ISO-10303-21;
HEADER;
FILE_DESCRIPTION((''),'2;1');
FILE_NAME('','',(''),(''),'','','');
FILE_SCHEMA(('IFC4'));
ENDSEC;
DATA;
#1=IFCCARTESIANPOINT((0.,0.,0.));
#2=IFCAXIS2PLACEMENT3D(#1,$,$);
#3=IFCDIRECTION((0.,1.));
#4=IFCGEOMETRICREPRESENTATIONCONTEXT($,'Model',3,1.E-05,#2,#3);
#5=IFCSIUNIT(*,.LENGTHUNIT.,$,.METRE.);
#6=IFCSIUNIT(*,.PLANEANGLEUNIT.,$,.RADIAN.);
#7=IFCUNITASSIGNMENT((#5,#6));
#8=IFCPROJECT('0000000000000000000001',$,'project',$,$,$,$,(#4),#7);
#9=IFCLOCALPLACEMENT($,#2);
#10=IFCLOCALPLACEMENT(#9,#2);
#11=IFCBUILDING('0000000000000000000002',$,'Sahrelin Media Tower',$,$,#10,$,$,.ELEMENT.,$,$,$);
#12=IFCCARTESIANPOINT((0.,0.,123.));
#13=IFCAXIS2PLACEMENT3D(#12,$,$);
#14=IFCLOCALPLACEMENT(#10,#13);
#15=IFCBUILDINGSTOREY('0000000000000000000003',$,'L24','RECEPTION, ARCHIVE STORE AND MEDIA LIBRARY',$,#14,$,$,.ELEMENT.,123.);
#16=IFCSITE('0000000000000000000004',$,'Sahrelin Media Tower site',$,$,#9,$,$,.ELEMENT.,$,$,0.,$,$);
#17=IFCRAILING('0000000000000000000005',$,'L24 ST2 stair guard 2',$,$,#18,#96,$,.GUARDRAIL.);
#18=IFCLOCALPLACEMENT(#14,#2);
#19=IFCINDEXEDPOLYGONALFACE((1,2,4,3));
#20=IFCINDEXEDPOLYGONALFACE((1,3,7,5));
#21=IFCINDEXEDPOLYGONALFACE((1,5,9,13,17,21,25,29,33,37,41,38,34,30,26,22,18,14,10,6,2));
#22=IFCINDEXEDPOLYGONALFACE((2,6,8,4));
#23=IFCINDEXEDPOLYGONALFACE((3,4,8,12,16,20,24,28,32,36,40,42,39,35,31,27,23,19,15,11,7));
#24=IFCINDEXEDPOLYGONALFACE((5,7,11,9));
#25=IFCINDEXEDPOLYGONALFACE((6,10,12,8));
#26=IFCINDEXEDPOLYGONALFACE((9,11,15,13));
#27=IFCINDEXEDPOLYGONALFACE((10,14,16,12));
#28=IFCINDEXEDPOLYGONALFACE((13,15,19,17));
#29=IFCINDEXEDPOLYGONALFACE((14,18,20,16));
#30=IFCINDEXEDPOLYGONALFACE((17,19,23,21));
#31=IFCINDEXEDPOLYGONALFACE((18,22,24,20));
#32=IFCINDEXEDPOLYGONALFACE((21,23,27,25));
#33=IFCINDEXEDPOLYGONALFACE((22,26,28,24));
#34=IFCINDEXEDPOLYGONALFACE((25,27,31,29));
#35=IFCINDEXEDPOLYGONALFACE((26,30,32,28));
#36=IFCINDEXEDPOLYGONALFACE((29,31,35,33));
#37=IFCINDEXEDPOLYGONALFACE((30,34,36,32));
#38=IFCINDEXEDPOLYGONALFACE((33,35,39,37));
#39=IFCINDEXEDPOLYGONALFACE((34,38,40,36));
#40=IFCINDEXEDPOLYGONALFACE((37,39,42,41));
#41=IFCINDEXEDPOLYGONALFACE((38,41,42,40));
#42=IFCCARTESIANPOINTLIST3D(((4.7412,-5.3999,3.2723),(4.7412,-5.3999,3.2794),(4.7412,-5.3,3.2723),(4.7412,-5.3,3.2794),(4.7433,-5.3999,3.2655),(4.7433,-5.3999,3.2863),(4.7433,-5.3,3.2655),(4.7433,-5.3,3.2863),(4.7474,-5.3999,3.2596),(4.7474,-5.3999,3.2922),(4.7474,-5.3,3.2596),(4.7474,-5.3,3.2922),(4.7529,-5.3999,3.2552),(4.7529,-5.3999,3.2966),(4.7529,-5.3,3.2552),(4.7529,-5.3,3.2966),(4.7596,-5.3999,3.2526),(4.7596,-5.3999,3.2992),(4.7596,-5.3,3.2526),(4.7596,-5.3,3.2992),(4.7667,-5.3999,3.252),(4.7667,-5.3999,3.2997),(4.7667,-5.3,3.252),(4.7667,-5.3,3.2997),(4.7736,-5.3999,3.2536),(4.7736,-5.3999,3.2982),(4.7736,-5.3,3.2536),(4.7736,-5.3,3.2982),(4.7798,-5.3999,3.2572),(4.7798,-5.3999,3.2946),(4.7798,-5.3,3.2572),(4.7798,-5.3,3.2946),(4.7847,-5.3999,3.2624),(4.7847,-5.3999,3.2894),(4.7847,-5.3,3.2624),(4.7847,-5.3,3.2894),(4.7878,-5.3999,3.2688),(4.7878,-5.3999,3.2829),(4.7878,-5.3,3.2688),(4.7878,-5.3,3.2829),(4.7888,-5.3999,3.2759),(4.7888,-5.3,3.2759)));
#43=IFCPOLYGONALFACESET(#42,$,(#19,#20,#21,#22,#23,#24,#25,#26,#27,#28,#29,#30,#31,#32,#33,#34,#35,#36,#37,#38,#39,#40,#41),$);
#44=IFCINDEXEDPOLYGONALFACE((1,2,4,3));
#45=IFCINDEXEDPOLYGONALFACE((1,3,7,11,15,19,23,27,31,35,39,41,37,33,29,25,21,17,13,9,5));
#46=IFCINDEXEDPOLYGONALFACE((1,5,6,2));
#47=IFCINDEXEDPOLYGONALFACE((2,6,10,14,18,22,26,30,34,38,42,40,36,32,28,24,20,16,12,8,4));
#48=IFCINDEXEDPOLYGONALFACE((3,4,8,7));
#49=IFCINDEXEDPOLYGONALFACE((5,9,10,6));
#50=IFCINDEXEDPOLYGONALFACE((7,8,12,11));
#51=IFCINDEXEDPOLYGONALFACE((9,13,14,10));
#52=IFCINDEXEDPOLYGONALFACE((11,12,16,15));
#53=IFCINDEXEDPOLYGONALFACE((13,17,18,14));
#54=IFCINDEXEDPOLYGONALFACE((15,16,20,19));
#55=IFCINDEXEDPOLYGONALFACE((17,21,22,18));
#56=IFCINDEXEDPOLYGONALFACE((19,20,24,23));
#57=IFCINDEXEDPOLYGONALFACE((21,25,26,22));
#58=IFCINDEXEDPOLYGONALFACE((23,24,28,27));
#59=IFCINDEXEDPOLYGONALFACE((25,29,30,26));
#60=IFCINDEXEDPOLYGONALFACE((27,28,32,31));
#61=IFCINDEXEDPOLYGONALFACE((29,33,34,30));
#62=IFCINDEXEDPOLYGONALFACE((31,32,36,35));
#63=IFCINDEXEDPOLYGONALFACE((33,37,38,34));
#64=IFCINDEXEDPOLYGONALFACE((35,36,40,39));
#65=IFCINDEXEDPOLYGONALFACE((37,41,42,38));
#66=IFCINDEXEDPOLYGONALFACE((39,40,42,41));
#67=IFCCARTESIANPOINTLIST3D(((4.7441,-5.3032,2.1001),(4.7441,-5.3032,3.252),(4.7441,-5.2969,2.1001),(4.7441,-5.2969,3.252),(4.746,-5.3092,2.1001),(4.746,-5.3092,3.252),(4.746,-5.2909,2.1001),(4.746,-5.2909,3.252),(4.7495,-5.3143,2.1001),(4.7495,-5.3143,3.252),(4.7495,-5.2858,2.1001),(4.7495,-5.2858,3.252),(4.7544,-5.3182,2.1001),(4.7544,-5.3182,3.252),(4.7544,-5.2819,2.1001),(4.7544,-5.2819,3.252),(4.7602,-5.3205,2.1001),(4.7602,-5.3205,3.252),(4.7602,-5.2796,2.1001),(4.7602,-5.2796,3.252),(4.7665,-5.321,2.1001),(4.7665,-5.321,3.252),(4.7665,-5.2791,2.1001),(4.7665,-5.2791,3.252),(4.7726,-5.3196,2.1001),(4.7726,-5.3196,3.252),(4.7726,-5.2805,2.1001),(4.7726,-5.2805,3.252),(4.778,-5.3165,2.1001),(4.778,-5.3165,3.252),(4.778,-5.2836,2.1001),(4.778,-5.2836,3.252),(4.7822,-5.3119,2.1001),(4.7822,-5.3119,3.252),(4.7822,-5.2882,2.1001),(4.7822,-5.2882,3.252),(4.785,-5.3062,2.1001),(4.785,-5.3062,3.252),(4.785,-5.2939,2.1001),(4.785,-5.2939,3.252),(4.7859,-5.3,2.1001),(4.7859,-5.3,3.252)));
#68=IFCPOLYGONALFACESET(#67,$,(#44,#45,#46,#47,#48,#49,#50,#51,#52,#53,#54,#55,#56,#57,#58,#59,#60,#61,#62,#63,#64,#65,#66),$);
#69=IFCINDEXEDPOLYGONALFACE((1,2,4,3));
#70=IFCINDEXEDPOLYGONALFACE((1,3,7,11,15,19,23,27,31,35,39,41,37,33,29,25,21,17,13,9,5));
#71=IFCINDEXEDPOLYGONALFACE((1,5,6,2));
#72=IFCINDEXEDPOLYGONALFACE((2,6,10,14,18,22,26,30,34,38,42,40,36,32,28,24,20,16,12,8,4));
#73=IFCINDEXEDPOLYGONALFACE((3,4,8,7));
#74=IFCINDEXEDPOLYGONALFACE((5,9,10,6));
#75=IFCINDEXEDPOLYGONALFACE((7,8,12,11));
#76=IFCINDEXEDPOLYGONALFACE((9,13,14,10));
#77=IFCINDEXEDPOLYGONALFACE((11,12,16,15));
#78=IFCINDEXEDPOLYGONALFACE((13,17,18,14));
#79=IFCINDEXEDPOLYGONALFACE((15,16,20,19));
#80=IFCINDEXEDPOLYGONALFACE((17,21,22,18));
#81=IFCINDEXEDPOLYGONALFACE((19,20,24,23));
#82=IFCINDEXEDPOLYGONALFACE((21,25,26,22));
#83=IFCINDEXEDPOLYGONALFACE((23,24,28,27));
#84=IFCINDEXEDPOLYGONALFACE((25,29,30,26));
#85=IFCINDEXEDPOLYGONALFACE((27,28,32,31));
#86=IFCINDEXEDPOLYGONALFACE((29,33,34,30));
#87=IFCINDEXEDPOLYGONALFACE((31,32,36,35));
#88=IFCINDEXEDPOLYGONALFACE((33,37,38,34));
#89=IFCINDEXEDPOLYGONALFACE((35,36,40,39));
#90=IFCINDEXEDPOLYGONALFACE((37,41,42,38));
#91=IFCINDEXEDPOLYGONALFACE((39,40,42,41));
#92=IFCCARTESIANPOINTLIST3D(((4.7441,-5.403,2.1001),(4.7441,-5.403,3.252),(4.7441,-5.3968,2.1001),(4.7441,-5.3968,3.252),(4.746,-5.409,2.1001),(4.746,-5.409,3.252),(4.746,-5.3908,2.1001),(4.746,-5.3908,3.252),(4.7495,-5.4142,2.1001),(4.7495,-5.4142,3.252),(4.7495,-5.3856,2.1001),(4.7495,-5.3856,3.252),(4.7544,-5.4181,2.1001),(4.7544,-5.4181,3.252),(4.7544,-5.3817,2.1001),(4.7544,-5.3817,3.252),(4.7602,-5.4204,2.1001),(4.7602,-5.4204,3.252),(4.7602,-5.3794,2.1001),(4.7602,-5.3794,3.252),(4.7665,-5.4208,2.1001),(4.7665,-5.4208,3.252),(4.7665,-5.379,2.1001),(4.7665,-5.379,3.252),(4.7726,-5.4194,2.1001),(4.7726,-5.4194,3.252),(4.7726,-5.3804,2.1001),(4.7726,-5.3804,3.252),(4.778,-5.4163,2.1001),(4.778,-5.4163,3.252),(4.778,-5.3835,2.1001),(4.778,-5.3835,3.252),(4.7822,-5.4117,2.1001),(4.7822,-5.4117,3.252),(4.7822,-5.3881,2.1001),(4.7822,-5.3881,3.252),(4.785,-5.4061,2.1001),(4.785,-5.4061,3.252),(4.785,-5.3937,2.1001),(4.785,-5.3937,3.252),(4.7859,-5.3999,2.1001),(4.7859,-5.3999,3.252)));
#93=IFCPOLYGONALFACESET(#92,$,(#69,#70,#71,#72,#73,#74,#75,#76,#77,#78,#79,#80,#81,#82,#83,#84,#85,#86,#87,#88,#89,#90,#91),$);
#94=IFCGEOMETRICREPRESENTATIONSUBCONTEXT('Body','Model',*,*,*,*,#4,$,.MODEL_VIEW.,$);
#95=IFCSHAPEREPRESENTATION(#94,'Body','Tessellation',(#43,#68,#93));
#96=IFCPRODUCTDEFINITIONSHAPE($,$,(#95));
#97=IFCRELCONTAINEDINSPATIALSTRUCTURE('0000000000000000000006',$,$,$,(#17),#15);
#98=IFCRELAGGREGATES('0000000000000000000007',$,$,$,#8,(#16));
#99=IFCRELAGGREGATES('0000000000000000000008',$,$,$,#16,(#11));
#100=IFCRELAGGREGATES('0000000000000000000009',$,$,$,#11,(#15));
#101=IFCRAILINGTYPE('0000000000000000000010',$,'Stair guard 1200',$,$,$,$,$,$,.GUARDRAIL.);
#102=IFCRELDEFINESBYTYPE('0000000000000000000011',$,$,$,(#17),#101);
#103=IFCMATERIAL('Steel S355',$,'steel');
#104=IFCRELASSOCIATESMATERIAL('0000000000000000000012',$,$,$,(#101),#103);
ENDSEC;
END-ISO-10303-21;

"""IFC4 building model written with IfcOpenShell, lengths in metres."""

from ifc_helpers import new_model, si_unit, direction, frame, origin, origin_2d, place, context, subcontext, project, spatial, circle, extrude, material, type_object, element, save


model = new_model("IFC4")

# Units and contexts
model_context = context("Model", 3, precision=1e-05, world=origin(), true_north=direction((0.0, 1.0)))
body_context = subcontext(model_context, "Body", "Model", "MODEL_VIEW")
ifc_project = project(units=[si_unit("LENGTHUNIT", "METRE"), si_unit("PLANEANGLEUNIT", "RADIAN")], contexts=[model_context])

# Site, building, storey
site_placement = place(None, origin())
site = spatial("IfcSite", under=ifc_project, at=site_placement, Name="Sahrelin Media Tower site", CompositionType="ELEMENT", RefElevation=0.0)
building_placement = place(site_placement, origin())
building = spatial("IfcBuilding", under=site, at=building_placement, Name="Sahrelin Media Tower", CompositionType="ELEMENT")
storey_placement = place(building_placement, frame((0.0, 0.0, 123.0)))
storey = spatial("IfcBuildingStorey", under=building, at=storey_placement, Name="L24", Description="RECEPTION, ARCHIVE STORE AND MEDIA LIBRARY", CompositionType="ELEMENT", Elevation=123.0)

# Shared definitions
ifc_material_1 = material(Name="Steel S355", Category="steel")

# Railing
railing_type_1 = type_object("IfcRailingType", Name="Stair guard 1200", PredefinedType="GUARDRAIL", material=ifc_material_1)
railing_1_placement = place(storey_placement, frame((4.7649, -5.3, 2.1001)))
element("IfcRailing", 1, at=railing_1_placement, inside=storey, type_object=railing_type_1, Name="L24 ST2 stair guard 2", PredefinedType="GUARDRAIL", context=body_context, shape_type="SweptSolid", body=[
    extrude(circle(Radius=0.0239, at=origin_2d()), frame((0.0, 0.0, 1.1758), z_axis=(0.0, -1.0, 0.0), x_axis=(1.0, 0.0, 0.0)), (0.0, 0.0, 1.0), 0.0999),
    extrude(circle(Radius=0.021, at=origin_2d()), origin(), (0.0, 0.0, 1.0), 1.1519),
    extrude(circle(Radius=0.021, at=origin_2d()), frame((0.0, -0.0999, 0.0)), (0.0, 0.0, 1.0), 1.1519),
])

save(model, "model.ifc")
